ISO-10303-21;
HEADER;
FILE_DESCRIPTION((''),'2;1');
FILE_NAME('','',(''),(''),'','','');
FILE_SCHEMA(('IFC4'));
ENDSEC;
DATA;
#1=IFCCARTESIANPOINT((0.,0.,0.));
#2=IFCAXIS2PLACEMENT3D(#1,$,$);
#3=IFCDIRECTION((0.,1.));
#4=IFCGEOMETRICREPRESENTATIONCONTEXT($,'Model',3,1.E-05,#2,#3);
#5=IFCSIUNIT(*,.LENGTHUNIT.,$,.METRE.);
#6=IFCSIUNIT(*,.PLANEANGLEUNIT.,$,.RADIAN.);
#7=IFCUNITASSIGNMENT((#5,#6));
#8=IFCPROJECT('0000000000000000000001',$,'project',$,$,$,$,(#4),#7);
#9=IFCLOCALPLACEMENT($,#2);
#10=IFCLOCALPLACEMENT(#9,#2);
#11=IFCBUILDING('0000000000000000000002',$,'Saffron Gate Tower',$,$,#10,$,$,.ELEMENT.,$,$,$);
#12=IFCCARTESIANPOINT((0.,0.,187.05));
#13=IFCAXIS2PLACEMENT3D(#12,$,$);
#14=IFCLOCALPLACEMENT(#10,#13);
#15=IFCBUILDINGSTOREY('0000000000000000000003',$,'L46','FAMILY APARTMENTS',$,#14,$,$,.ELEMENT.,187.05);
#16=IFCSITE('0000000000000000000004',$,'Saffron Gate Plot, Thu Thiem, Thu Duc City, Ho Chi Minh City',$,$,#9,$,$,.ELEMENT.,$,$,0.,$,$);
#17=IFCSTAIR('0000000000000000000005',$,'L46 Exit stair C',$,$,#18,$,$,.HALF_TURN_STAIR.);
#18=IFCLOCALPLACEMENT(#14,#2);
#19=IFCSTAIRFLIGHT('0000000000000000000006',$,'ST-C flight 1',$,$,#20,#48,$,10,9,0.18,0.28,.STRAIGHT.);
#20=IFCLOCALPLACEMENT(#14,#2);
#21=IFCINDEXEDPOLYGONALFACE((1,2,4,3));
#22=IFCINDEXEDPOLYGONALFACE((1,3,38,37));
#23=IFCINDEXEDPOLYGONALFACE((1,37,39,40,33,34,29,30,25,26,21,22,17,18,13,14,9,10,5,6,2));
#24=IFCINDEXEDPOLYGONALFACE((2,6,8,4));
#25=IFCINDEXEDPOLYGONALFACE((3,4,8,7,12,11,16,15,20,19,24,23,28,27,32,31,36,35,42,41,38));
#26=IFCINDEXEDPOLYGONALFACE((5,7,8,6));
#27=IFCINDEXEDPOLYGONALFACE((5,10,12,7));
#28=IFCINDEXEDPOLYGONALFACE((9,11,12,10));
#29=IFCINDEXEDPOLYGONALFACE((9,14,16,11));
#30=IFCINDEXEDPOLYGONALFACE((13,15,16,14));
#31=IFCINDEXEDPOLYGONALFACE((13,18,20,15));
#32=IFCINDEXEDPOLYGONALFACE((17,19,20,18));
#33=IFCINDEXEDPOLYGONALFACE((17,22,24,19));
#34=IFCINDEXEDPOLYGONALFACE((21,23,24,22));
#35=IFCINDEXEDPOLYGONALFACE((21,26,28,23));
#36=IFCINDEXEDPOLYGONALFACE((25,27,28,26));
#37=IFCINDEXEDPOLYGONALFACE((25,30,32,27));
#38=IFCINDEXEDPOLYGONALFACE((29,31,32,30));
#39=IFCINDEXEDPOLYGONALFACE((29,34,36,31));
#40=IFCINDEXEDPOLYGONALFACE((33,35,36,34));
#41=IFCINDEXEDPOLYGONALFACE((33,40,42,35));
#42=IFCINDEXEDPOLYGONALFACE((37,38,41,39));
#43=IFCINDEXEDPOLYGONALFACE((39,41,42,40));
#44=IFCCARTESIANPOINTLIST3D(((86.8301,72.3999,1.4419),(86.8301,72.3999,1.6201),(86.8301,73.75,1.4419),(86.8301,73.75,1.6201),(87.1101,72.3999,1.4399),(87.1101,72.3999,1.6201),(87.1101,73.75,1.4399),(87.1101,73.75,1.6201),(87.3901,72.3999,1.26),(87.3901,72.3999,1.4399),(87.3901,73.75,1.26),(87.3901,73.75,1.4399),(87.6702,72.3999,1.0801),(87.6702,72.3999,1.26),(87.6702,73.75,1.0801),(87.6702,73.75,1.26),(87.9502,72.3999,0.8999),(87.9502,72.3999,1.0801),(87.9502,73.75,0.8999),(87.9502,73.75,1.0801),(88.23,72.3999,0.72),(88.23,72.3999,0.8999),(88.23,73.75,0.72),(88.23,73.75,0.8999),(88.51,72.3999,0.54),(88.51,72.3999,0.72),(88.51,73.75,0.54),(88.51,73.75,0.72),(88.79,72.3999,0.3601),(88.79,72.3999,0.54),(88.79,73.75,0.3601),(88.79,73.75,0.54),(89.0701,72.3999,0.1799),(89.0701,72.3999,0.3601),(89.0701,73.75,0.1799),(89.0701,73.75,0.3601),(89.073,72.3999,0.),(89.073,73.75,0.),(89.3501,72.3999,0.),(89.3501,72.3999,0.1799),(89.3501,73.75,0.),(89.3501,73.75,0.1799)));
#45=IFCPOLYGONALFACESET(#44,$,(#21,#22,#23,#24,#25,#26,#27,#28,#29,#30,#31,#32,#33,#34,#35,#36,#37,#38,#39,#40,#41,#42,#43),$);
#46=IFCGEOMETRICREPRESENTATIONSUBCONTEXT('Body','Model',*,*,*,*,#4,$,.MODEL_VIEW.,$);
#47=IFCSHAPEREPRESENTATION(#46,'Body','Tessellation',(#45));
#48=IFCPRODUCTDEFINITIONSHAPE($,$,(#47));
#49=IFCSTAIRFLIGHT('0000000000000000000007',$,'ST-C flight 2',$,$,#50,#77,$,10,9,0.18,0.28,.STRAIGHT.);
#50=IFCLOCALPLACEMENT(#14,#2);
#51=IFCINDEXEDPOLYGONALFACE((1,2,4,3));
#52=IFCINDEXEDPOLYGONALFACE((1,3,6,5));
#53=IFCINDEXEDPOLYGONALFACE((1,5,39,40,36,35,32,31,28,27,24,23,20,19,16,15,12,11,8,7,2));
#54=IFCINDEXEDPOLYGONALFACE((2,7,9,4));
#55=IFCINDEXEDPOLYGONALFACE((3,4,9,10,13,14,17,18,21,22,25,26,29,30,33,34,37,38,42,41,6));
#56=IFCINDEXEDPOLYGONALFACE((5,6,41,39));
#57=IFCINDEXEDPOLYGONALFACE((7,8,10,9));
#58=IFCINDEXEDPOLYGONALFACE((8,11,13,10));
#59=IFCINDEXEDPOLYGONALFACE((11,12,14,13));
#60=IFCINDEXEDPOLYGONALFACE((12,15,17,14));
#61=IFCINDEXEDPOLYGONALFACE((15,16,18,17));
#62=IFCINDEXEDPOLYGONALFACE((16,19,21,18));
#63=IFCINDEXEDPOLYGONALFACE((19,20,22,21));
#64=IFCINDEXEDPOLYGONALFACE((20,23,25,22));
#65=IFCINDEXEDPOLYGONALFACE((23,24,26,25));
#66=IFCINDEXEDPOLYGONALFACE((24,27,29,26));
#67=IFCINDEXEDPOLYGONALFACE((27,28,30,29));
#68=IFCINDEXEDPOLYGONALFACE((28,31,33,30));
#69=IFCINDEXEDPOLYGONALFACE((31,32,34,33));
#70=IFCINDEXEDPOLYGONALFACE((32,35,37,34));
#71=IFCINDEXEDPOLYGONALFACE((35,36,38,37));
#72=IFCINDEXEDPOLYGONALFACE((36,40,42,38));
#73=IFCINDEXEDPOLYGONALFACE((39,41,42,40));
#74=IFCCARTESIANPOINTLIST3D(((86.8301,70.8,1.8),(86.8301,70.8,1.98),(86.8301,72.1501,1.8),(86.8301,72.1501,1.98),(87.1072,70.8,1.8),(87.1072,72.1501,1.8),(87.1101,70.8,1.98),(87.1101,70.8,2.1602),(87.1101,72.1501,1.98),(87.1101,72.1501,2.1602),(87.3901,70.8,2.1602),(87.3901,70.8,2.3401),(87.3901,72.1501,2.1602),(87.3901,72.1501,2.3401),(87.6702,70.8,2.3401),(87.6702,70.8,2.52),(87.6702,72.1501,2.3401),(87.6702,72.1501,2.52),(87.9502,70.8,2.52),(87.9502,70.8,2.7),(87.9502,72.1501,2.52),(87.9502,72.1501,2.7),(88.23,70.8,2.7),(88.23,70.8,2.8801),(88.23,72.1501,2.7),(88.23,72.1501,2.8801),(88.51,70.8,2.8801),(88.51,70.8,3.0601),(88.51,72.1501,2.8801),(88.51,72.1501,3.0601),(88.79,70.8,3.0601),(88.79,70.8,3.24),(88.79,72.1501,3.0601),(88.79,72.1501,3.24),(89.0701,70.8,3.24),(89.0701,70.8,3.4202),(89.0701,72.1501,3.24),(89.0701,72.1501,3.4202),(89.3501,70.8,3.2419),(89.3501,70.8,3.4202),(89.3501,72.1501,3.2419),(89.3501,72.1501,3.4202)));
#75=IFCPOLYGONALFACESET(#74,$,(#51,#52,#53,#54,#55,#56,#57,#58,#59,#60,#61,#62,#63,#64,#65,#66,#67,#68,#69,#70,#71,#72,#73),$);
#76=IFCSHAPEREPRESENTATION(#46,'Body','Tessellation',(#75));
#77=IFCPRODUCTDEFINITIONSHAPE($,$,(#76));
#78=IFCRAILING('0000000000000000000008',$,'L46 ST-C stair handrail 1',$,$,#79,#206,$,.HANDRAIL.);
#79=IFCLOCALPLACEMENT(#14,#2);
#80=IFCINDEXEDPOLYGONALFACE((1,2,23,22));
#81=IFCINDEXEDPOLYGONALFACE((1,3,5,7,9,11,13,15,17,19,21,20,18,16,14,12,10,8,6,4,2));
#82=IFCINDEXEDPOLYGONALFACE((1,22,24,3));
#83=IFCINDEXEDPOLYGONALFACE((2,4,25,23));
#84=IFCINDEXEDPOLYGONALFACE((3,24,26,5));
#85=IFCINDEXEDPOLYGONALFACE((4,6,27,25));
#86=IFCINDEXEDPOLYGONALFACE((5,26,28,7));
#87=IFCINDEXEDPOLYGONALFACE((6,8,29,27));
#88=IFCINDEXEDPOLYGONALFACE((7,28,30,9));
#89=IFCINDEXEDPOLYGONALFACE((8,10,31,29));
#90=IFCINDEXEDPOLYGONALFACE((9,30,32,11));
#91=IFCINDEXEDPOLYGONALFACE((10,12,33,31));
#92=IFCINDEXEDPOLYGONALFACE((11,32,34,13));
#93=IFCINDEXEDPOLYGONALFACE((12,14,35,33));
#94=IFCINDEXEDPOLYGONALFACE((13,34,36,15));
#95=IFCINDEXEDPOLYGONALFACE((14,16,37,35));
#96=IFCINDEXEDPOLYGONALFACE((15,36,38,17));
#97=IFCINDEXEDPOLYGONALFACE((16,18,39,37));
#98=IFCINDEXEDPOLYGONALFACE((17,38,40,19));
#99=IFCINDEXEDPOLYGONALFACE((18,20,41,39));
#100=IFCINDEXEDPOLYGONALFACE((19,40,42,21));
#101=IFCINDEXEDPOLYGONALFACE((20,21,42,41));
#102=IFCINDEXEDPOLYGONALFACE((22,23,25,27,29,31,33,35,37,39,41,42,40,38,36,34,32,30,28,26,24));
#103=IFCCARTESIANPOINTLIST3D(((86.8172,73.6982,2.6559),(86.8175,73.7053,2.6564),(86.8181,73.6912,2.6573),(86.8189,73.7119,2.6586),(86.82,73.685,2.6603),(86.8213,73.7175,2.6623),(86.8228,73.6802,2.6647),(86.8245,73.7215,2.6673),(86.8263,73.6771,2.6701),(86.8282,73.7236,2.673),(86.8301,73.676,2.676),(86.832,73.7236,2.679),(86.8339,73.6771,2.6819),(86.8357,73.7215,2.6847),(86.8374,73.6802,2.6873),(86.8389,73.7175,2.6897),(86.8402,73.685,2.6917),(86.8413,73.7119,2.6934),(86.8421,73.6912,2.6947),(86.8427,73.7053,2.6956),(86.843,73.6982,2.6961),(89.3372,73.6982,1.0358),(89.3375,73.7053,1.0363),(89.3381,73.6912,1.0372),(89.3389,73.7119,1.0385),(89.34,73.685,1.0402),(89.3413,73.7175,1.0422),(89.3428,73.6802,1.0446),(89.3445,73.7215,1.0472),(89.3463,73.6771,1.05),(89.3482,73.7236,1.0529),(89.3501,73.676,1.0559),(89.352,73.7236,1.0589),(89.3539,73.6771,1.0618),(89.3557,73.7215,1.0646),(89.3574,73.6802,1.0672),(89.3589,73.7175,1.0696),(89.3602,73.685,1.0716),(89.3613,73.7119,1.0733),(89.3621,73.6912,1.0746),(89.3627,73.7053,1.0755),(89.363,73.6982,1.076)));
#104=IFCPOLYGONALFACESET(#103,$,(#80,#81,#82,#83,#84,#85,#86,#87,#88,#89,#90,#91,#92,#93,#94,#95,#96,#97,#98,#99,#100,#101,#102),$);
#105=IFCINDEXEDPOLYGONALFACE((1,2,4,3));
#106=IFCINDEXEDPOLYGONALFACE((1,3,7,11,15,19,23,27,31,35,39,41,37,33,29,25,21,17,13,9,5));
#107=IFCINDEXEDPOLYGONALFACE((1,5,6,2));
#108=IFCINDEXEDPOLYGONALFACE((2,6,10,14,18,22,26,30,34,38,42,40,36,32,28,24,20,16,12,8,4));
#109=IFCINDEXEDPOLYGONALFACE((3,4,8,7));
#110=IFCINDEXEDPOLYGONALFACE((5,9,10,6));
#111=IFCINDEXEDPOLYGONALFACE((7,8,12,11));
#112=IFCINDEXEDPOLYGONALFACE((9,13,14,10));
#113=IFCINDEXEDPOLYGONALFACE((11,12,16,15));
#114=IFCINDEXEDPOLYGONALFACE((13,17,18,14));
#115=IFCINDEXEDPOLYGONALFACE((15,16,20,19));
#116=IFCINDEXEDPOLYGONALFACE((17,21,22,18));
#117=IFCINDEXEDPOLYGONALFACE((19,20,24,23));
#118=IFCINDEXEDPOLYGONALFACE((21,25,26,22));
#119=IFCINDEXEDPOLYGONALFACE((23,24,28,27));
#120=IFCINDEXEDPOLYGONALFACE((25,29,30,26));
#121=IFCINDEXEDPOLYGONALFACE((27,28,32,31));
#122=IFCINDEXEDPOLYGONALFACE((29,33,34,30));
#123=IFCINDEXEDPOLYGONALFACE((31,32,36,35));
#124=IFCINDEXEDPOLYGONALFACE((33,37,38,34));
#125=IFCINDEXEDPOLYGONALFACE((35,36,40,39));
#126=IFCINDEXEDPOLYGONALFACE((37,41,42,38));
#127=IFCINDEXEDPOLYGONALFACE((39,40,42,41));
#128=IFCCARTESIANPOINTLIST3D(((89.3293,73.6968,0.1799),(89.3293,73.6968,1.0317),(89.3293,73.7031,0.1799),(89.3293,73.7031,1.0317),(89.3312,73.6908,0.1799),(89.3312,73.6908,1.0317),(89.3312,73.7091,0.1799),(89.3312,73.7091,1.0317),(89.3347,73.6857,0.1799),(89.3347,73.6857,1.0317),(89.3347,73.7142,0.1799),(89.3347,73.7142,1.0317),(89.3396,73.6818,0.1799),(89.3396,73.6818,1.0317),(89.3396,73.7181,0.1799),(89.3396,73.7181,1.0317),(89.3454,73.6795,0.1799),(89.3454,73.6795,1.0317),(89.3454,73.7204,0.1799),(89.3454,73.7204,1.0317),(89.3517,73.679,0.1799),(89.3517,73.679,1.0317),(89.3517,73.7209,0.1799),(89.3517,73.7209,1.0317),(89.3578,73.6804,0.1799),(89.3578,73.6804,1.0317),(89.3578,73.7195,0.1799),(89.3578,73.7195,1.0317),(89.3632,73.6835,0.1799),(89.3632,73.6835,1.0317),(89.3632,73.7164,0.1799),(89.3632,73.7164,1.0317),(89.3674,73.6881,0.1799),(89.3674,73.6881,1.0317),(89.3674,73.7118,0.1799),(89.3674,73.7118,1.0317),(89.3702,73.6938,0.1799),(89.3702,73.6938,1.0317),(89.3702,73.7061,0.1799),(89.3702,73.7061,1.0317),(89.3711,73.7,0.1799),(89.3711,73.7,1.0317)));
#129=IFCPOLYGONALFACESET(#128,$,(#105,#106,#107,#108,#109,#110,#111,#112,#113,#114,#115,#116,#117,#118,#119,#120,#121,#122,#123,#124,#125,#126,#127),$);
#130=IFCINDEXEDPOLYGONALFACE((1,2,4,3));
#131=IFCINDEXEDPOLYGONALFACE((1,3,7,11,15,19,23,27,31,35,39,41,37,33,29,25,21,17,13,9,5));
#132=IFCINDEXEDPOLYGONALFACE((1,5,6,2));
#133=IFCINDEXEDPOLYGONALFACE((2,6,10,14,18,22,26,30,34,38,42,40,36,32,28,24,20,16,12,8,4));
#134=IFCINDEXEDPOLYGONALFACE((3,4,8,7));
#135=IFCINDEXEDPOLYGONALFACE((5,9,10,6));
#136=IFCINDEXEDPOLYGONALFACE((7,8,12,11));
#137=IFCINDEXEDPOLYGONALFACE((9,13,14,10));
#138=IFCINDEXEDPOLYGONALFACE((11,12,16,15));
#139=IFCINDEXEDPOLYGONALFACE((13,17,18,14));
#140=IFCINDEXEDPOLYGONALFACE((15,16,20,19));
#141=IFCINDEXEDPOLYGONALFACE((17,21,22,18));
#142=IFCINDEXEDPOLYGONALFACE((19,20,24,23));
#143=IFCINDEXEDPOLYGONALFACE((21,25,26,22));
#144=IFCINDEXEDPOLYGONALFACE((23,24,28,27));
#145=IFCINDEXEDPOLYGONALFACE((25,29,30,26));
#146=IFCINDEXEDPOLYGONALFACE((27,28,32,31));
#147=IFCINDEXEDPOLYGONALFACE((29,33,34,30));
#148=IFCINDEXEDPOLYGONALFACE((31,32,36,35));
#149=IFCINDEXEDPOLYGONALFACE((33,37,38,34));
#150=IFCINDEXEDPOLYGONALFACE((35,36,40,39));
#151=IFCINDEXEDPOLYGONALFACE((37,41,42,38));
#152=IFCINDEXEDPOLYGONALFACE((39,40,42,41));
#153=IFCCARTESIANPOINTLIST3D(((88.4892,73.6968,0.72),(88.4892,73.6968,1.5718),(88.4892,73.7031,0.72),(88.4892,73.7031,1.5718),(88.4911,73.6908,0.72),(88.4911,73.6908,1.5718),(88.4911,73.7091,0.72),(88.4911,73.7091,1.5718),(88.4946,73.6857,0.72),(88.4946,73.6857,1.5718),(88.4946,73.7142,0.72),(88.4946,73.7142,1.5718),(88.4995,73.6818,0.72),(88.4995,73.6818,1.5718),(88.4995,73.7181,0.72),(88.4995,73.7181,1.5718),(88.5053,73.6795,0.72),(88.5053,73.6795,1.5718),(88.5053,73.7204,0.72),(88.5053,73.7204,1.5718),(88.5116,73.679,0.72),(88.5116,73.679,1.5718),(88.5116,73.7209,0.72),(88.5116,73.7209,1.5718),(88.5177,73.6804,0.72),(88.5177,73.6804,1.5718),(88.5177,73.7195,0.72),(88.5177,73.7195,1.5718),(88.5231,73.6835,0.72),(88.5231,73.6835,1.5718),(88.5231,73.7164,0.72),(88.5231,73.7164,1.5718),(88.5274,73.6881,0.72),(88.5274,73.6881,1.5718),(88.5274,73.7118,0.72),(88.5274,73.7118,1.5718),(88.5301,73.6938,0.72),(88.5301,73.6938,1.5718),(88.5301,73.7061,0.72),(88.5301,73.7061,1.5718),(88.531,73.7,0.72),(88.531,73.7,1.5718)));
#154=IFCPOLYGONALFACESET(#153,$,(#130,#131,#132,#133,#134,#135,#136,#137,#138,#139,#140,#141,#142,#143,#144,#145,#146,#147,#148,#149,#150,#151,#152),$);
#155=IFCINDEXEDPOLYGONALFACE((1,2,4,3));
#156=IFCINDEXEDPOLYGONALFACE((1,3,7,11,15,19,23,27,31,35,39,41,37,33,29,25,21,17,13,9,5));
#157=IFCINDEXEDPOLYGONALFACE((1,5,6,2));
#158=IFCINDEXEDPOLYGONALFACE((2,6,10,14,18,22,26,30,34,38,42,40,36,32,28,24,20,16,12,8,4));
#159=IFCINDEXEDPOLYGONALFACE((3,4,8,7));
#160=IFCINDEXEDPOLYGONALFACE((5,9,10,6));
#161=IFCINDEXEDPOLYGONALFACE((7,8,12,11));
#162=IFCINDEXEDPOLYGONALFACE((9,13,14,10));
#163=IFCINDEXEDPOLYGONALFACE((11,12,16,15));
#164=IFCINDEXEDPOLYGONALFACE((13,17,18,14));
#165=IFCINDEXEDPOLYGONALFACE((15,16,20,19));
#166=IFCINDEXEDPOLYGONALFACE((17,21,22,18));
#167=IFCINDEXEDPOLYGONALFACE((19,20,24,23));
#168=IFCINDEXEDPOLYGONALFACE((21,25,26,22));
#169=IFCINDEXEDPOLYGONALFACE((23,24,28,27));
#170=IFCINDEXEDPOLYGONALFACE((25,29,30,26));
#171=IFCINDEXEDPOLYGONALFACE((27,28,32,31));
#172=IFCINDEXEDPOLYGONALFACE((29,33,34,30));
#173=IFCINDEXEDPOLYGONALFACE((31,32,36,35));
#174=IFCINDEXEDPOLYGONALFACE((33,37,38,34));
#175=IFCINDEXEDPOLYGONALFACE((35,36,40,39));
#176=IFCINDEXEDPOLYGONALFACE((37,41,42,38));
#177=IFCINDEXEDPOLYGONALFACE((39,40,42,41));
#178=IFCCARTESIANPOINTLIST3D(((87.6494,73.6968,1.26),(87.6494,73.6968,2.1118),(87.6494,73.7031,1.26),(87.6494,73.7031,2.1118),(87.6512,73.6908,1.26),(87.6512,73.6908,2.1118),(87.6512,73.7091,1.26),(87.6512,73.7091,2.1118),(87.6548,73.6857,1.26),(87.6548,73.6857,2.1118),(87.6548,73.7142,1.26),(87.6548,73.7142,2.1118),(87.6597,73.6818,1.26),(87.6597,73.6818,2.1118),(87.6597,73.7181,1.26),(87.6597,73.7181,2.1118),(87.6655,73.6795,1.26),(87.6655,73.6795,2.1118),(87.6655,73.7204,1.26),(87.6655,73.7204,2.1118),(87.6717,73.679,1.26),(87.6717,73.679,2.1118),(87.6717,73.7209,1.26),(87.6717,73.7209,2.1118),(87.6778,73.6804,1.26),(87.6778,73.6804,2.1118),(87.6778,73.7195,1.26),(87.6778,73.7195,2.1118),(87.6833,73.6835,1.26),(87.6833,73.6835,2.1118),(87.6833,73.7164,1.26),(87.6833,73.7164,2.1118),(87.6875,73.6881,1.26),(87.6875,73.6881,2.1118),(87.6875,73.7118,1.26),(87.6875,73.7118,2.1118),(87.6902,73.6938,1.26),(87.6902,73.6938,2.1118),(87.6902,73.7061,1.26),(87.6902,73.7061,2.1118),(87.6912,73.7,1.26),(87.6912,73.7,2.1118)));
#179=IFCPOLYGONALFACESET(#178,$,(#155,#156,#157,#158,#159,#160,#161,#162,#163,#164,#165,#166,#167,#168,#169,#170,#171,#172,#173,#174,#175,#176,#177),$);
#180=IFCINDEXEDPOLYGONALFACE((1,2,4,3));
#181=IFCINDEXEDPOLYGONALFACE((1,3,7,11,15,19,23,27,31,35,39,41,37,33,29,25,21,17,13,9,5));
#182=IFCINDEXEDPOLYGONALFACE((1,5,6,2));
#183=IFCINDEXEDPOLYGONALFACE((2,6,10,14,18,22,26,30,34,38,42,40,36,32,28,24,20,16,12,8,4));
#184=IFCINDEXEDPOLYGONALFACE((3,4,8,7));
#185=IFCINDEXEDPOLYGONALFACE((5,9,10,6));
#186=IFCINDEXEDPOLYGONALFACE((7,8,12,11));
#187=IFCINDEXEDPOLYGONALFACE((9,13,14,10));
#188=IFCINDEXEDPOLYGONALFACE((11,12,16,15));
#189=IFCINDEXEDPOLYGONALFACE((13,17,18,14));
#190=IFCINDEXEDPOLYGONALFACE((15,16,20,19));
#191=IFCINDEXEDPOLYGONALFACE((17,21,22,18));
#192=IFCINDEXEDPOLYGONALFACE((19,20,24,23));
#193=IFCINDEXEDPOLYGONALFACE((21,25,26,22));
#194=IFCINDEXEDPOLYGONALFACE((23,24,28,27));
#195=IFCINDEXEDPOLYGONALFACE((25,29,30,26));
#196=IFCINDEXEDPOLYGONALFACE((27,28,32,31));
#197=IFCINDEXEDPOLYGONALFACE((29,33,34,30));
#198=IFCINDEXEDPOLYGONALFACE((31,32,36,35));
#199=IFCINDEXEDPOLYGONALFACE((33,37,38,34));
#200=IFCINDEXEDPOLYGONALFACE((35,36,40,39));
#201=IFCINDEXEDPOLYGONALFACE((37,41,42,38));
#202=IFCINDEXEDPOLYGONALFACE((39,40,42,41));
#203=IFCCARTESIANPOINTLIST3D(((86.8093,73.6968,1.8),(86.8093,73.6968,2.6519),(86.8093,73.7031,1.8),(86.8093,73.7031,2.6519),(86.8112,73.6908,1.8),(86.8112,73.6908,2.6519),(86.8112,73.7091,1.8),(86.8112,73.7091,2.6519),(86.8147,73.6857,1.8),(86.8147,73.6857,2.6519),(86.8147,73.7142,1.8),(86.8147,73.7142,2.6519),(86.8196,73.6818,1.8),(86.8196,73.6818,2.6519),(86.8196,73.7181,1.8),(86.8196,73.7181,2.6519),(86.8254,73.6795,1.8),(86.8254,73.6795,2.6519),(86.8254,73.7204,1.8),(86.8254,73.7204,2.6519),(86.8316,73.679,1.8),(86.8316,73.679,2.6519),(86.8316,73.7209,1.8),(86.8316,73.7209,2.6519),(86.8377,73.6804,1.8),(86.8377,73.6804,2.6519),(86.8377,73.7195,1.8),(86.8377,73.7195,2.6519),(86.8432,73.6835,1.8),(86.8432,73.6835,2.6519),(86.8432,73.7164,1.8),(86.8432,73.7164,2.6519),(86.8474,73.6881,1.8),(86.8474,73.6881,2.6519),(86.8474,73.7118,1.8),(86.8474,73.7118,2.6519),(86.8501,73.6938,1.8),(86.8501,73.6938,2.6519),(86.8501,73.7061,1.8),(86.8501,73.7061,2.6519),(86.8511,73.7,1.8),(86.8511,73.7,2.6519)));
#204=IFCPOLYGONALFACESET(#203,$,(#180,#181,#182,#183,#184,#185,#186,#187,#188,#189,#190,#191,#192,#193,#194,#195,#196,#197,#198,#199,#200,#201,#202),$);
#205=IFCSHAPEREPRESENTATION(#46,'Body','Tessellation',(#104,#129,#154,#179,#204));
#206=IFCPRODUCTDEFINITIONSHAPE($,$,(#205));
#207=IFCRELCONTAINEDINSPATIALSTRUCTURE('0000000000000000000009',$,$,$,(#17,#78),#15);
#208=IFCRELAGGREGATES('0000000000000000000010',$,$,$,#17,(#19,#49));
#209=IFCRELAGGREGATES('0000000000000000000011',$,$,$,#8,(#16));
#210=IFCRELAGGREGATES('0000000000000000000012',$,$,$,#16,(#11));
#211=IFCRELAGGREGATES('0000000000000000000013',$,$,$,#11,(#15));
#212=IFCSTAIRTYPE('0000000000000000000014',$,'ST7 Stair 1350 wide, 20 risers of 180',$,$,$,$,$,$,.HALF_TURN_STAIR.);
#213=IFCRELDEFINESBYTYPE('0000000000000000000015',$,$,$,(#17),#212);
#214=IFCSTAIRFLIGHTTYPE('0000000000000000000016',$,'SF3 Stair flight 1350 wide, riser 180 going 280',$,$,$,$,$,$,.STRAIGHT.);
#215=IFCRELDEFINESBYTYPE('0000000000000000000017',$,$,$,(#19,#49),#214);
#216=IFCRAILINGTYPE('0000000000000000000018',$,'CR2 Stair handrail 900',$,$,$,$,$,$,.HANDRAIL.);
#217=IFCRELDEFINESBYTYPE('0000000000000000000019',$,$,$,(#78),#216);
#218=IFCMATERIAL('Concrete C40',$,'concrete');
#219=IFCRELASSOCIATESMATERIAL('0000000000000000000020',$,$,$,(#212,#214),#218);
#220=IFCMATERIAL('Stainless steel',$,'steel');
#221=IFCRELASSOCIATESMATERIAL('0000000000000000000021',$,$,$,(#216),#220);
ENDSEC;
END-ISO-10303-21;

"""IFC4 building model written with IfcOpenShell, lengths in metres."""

from ifc_helpers import new_model, si_unit, direction, frame, origin, origin_2d, place, context, subcontext, project, spatial, polyline, circle, outline, extrude, material, type_object, element, aggregate, save


model = new_model("IFC4")

# Units and contexts
model_context = context("Model", 3, precision=1e-05, world=origin(), true_north=direction((0.0, 1.0)))
body_context = subcontext(model_context, "Body", "Model", "MODEL_VIEW")
ifc_project = project(units=[si_unit("LENGTHUNIT", "METRE"), si_unit("PLANEANGLEUNIT", "RADIAN")], contexts=[model_context])

# Site, building, storey
site_placement = place(None, origin())
site = spatial("IfcSite", under=ifc_project, at=site_placement, Name="Saffron Gate Plot, Thu Thiem, Thu Duc City, Ho Chi Minh City", CompositionType="ELEMENT", RefElevation=0.0)
building_placement = place(site_placement, origin())
building = spatial("IfcBuilding", under=site, at=building_placement, Name="Saffron Gate Tower", CompositionType="ELEMENT")
storey_placement = place(building_placement, frame((0.0, 0.0, 187.05)))
storey = spatial("IfcBuildingStorey", under=building, at=storey_placement, Name="L46", Description="FAMILY APARTMENTS", CompositionType="ELEMENT", Elevation=187.05)

# Stair, stair flights
ifc_material_1 = material(Name="Concrete C40", Category="concrete")
stair_type = type_object("IfcStairType", Name="ST7 Stair 1350 wide, 20 risers of 180", PredefinedType="HALF_TURN_STAIR", material=ifc_material_1)
stair_placement = place(storey_placement, origin())
stair = element("IfcStair", 1, at=stair_placement, inside=storey, type_object=stair_type, Name="L46 Exit stair C", PredefinedType="HALF_TURN_STAIR")
stair_flight_type = type_object("IfcStairFlightType", Name="SF3 Stair flight 1350 wide, riser 180 going 280", PredefinedType="STRAIGHT", material=ifc_material_1)
stair_flight_1_placement = place(storey_placement, frame((89.3501, 73.075, 0.0), z_axis=(0.0, 0.0, 1.0), x_axis=(-1.0, 0.0, 0.0)))
stair_flight_1 = element("IfcStairFlight", 2, at=stair_flight_1_placement, type_object=stair_flight_type, Name="ST-C flight 1", NumberOfRisers=10, NumberOfTreads=9, PredefinedType="STRAIGHT", RiserHeight=0.18, TreadLength=0.28, context=body_context, shape_type="SweptSolid", body=[
    extrude(outline(polyline([(0.0, 0.0), (0.0, 0.1799), (0.28, 0.1799), (0.28, 0.3601), (0.5601, 0.3601), (0.5601, 0.54), (0.8401, 0.54), (0.8401, 0.72), (1.1201, 0.72), (1.1201, 0.8999), (1.3999, 0.8999), (1.3999, 1.0801), (1.6799, 1.0801), (1.6799, 1.26), (1.96, 1.26), (1.96, 1.4399), (2.24, 1.4399), (2.24, 1.6201), (2.52, 1.6201), (2.52, 1.8), (2.52, 1.4419), (0.2771, 0.0), (0.0, 0.0)])), frame((0.0, 0.675, 0.0), z_axis=(0.0, -1.0, 0.0), x_axis=(1.0, 0.0, 0.0)), (0.0, 0.0, 1.0), 1.3501),
])
stair_flight_2_placement = place(storey_placement, frame((86.8301, 71.4751, 1.8), z_axis=(0.0, 0.0, 1.0), x_axis=(1.0, 0.0, 0.0)))
stair_flight_2 = element("IfcStairFlight", 3, at=stair_flight_2_placement, type_object=stair_flight_type, Name="ST-C flight 2", NumberOfRisers=10, NumberOfTreads=9, PredefinedType="STRAIGHT", RiserHeight=0.18, TreadLength=0.28, context=body_context, shape_type="SweptSolid", body=[
    extrude(outline(polyline([(0.0, 0.0), (0.0, 0.1799), (0.28, 0.1799), (0.28, 0.3601), (0.5601, 0.3601), (0.5601, 0.54), (0.8401, 0.54), (0.8401, 0.72), (1.1201, 0.72), (1.1201, 0.8999), (1.3999, 0.8999), (1.3999, 1.0801), (1.6799, 1.0801), (1.6799, 1.26), (1.96, 1.26), (1.96, 1.4399), (2.24, 1.4399), (2.24, 1.6201), (2.52, 1.6201), (2.52, 1.8), (2.52, 1.4419), (0.2771, 0.0), (0.0, 0.0)])), frame((0.0, 0.675, 0.0), z_axis=(0.0, -1.0, 0.0), x_axis=(1.0, 0.0, 0.0)), (0.0, 0.0, 1.0), 1.3501),
])
aggregate(stair, [stair_flight_1, stair_flight_2])

# Railing
ifc_material_2 = material(Name="Stainless steel", Category="steel")
railing_type_1 = type_object("IfcRailingType", Name="CR2 Stair handrail 900", PredefinedType="HANDRAIL", material=ifc_material_2)
railing_1_placement = place(storey_placement, frame((89.3501, 73.7, 0.1799)))
element("IfcRailing", 4, at=railing_1_placement, inside=storey, type_object=railing_type_1, Name="L46 ST-C stair handrail 1", PredefinedType="HANDRAIL", context=body_context, shape_type="SweptSolid", body=[
    extrude(circle(Radius=0.0239, at=origin_2d()), frame((0.0, 0.0, 0.876), z_axis=(-0.841163, 0.0, 0.540782), x_axis=(0.0, -1.0, 0.0)), (0.0, 0.0, 1.0), 2.9958),
    extrude(circle(Radius=0.021, at=origin_2d()), origin(), (0.0, 0.0, 1.0), 0.8518),
    extrude(circle(Radius=0.021, at=origin_2d()), frame((-0.8401, 0.0, 0.54)), (0.0, 0.0, 1.0), 0.8518),
    extrude(circle(Radius=0.021, at=origin_2d()), frame((-1.6799, 0.0, 1.0801)), (0.0, 0.0, 1.0), 0.8518),
    extrude(circle(Radius=0.021, at=origin_2d()), frame((-2.52, 0.0, 1.6201)), (0.0, 0.0, 1.0), 0.8518),
])

save(model, "model.ifc")
